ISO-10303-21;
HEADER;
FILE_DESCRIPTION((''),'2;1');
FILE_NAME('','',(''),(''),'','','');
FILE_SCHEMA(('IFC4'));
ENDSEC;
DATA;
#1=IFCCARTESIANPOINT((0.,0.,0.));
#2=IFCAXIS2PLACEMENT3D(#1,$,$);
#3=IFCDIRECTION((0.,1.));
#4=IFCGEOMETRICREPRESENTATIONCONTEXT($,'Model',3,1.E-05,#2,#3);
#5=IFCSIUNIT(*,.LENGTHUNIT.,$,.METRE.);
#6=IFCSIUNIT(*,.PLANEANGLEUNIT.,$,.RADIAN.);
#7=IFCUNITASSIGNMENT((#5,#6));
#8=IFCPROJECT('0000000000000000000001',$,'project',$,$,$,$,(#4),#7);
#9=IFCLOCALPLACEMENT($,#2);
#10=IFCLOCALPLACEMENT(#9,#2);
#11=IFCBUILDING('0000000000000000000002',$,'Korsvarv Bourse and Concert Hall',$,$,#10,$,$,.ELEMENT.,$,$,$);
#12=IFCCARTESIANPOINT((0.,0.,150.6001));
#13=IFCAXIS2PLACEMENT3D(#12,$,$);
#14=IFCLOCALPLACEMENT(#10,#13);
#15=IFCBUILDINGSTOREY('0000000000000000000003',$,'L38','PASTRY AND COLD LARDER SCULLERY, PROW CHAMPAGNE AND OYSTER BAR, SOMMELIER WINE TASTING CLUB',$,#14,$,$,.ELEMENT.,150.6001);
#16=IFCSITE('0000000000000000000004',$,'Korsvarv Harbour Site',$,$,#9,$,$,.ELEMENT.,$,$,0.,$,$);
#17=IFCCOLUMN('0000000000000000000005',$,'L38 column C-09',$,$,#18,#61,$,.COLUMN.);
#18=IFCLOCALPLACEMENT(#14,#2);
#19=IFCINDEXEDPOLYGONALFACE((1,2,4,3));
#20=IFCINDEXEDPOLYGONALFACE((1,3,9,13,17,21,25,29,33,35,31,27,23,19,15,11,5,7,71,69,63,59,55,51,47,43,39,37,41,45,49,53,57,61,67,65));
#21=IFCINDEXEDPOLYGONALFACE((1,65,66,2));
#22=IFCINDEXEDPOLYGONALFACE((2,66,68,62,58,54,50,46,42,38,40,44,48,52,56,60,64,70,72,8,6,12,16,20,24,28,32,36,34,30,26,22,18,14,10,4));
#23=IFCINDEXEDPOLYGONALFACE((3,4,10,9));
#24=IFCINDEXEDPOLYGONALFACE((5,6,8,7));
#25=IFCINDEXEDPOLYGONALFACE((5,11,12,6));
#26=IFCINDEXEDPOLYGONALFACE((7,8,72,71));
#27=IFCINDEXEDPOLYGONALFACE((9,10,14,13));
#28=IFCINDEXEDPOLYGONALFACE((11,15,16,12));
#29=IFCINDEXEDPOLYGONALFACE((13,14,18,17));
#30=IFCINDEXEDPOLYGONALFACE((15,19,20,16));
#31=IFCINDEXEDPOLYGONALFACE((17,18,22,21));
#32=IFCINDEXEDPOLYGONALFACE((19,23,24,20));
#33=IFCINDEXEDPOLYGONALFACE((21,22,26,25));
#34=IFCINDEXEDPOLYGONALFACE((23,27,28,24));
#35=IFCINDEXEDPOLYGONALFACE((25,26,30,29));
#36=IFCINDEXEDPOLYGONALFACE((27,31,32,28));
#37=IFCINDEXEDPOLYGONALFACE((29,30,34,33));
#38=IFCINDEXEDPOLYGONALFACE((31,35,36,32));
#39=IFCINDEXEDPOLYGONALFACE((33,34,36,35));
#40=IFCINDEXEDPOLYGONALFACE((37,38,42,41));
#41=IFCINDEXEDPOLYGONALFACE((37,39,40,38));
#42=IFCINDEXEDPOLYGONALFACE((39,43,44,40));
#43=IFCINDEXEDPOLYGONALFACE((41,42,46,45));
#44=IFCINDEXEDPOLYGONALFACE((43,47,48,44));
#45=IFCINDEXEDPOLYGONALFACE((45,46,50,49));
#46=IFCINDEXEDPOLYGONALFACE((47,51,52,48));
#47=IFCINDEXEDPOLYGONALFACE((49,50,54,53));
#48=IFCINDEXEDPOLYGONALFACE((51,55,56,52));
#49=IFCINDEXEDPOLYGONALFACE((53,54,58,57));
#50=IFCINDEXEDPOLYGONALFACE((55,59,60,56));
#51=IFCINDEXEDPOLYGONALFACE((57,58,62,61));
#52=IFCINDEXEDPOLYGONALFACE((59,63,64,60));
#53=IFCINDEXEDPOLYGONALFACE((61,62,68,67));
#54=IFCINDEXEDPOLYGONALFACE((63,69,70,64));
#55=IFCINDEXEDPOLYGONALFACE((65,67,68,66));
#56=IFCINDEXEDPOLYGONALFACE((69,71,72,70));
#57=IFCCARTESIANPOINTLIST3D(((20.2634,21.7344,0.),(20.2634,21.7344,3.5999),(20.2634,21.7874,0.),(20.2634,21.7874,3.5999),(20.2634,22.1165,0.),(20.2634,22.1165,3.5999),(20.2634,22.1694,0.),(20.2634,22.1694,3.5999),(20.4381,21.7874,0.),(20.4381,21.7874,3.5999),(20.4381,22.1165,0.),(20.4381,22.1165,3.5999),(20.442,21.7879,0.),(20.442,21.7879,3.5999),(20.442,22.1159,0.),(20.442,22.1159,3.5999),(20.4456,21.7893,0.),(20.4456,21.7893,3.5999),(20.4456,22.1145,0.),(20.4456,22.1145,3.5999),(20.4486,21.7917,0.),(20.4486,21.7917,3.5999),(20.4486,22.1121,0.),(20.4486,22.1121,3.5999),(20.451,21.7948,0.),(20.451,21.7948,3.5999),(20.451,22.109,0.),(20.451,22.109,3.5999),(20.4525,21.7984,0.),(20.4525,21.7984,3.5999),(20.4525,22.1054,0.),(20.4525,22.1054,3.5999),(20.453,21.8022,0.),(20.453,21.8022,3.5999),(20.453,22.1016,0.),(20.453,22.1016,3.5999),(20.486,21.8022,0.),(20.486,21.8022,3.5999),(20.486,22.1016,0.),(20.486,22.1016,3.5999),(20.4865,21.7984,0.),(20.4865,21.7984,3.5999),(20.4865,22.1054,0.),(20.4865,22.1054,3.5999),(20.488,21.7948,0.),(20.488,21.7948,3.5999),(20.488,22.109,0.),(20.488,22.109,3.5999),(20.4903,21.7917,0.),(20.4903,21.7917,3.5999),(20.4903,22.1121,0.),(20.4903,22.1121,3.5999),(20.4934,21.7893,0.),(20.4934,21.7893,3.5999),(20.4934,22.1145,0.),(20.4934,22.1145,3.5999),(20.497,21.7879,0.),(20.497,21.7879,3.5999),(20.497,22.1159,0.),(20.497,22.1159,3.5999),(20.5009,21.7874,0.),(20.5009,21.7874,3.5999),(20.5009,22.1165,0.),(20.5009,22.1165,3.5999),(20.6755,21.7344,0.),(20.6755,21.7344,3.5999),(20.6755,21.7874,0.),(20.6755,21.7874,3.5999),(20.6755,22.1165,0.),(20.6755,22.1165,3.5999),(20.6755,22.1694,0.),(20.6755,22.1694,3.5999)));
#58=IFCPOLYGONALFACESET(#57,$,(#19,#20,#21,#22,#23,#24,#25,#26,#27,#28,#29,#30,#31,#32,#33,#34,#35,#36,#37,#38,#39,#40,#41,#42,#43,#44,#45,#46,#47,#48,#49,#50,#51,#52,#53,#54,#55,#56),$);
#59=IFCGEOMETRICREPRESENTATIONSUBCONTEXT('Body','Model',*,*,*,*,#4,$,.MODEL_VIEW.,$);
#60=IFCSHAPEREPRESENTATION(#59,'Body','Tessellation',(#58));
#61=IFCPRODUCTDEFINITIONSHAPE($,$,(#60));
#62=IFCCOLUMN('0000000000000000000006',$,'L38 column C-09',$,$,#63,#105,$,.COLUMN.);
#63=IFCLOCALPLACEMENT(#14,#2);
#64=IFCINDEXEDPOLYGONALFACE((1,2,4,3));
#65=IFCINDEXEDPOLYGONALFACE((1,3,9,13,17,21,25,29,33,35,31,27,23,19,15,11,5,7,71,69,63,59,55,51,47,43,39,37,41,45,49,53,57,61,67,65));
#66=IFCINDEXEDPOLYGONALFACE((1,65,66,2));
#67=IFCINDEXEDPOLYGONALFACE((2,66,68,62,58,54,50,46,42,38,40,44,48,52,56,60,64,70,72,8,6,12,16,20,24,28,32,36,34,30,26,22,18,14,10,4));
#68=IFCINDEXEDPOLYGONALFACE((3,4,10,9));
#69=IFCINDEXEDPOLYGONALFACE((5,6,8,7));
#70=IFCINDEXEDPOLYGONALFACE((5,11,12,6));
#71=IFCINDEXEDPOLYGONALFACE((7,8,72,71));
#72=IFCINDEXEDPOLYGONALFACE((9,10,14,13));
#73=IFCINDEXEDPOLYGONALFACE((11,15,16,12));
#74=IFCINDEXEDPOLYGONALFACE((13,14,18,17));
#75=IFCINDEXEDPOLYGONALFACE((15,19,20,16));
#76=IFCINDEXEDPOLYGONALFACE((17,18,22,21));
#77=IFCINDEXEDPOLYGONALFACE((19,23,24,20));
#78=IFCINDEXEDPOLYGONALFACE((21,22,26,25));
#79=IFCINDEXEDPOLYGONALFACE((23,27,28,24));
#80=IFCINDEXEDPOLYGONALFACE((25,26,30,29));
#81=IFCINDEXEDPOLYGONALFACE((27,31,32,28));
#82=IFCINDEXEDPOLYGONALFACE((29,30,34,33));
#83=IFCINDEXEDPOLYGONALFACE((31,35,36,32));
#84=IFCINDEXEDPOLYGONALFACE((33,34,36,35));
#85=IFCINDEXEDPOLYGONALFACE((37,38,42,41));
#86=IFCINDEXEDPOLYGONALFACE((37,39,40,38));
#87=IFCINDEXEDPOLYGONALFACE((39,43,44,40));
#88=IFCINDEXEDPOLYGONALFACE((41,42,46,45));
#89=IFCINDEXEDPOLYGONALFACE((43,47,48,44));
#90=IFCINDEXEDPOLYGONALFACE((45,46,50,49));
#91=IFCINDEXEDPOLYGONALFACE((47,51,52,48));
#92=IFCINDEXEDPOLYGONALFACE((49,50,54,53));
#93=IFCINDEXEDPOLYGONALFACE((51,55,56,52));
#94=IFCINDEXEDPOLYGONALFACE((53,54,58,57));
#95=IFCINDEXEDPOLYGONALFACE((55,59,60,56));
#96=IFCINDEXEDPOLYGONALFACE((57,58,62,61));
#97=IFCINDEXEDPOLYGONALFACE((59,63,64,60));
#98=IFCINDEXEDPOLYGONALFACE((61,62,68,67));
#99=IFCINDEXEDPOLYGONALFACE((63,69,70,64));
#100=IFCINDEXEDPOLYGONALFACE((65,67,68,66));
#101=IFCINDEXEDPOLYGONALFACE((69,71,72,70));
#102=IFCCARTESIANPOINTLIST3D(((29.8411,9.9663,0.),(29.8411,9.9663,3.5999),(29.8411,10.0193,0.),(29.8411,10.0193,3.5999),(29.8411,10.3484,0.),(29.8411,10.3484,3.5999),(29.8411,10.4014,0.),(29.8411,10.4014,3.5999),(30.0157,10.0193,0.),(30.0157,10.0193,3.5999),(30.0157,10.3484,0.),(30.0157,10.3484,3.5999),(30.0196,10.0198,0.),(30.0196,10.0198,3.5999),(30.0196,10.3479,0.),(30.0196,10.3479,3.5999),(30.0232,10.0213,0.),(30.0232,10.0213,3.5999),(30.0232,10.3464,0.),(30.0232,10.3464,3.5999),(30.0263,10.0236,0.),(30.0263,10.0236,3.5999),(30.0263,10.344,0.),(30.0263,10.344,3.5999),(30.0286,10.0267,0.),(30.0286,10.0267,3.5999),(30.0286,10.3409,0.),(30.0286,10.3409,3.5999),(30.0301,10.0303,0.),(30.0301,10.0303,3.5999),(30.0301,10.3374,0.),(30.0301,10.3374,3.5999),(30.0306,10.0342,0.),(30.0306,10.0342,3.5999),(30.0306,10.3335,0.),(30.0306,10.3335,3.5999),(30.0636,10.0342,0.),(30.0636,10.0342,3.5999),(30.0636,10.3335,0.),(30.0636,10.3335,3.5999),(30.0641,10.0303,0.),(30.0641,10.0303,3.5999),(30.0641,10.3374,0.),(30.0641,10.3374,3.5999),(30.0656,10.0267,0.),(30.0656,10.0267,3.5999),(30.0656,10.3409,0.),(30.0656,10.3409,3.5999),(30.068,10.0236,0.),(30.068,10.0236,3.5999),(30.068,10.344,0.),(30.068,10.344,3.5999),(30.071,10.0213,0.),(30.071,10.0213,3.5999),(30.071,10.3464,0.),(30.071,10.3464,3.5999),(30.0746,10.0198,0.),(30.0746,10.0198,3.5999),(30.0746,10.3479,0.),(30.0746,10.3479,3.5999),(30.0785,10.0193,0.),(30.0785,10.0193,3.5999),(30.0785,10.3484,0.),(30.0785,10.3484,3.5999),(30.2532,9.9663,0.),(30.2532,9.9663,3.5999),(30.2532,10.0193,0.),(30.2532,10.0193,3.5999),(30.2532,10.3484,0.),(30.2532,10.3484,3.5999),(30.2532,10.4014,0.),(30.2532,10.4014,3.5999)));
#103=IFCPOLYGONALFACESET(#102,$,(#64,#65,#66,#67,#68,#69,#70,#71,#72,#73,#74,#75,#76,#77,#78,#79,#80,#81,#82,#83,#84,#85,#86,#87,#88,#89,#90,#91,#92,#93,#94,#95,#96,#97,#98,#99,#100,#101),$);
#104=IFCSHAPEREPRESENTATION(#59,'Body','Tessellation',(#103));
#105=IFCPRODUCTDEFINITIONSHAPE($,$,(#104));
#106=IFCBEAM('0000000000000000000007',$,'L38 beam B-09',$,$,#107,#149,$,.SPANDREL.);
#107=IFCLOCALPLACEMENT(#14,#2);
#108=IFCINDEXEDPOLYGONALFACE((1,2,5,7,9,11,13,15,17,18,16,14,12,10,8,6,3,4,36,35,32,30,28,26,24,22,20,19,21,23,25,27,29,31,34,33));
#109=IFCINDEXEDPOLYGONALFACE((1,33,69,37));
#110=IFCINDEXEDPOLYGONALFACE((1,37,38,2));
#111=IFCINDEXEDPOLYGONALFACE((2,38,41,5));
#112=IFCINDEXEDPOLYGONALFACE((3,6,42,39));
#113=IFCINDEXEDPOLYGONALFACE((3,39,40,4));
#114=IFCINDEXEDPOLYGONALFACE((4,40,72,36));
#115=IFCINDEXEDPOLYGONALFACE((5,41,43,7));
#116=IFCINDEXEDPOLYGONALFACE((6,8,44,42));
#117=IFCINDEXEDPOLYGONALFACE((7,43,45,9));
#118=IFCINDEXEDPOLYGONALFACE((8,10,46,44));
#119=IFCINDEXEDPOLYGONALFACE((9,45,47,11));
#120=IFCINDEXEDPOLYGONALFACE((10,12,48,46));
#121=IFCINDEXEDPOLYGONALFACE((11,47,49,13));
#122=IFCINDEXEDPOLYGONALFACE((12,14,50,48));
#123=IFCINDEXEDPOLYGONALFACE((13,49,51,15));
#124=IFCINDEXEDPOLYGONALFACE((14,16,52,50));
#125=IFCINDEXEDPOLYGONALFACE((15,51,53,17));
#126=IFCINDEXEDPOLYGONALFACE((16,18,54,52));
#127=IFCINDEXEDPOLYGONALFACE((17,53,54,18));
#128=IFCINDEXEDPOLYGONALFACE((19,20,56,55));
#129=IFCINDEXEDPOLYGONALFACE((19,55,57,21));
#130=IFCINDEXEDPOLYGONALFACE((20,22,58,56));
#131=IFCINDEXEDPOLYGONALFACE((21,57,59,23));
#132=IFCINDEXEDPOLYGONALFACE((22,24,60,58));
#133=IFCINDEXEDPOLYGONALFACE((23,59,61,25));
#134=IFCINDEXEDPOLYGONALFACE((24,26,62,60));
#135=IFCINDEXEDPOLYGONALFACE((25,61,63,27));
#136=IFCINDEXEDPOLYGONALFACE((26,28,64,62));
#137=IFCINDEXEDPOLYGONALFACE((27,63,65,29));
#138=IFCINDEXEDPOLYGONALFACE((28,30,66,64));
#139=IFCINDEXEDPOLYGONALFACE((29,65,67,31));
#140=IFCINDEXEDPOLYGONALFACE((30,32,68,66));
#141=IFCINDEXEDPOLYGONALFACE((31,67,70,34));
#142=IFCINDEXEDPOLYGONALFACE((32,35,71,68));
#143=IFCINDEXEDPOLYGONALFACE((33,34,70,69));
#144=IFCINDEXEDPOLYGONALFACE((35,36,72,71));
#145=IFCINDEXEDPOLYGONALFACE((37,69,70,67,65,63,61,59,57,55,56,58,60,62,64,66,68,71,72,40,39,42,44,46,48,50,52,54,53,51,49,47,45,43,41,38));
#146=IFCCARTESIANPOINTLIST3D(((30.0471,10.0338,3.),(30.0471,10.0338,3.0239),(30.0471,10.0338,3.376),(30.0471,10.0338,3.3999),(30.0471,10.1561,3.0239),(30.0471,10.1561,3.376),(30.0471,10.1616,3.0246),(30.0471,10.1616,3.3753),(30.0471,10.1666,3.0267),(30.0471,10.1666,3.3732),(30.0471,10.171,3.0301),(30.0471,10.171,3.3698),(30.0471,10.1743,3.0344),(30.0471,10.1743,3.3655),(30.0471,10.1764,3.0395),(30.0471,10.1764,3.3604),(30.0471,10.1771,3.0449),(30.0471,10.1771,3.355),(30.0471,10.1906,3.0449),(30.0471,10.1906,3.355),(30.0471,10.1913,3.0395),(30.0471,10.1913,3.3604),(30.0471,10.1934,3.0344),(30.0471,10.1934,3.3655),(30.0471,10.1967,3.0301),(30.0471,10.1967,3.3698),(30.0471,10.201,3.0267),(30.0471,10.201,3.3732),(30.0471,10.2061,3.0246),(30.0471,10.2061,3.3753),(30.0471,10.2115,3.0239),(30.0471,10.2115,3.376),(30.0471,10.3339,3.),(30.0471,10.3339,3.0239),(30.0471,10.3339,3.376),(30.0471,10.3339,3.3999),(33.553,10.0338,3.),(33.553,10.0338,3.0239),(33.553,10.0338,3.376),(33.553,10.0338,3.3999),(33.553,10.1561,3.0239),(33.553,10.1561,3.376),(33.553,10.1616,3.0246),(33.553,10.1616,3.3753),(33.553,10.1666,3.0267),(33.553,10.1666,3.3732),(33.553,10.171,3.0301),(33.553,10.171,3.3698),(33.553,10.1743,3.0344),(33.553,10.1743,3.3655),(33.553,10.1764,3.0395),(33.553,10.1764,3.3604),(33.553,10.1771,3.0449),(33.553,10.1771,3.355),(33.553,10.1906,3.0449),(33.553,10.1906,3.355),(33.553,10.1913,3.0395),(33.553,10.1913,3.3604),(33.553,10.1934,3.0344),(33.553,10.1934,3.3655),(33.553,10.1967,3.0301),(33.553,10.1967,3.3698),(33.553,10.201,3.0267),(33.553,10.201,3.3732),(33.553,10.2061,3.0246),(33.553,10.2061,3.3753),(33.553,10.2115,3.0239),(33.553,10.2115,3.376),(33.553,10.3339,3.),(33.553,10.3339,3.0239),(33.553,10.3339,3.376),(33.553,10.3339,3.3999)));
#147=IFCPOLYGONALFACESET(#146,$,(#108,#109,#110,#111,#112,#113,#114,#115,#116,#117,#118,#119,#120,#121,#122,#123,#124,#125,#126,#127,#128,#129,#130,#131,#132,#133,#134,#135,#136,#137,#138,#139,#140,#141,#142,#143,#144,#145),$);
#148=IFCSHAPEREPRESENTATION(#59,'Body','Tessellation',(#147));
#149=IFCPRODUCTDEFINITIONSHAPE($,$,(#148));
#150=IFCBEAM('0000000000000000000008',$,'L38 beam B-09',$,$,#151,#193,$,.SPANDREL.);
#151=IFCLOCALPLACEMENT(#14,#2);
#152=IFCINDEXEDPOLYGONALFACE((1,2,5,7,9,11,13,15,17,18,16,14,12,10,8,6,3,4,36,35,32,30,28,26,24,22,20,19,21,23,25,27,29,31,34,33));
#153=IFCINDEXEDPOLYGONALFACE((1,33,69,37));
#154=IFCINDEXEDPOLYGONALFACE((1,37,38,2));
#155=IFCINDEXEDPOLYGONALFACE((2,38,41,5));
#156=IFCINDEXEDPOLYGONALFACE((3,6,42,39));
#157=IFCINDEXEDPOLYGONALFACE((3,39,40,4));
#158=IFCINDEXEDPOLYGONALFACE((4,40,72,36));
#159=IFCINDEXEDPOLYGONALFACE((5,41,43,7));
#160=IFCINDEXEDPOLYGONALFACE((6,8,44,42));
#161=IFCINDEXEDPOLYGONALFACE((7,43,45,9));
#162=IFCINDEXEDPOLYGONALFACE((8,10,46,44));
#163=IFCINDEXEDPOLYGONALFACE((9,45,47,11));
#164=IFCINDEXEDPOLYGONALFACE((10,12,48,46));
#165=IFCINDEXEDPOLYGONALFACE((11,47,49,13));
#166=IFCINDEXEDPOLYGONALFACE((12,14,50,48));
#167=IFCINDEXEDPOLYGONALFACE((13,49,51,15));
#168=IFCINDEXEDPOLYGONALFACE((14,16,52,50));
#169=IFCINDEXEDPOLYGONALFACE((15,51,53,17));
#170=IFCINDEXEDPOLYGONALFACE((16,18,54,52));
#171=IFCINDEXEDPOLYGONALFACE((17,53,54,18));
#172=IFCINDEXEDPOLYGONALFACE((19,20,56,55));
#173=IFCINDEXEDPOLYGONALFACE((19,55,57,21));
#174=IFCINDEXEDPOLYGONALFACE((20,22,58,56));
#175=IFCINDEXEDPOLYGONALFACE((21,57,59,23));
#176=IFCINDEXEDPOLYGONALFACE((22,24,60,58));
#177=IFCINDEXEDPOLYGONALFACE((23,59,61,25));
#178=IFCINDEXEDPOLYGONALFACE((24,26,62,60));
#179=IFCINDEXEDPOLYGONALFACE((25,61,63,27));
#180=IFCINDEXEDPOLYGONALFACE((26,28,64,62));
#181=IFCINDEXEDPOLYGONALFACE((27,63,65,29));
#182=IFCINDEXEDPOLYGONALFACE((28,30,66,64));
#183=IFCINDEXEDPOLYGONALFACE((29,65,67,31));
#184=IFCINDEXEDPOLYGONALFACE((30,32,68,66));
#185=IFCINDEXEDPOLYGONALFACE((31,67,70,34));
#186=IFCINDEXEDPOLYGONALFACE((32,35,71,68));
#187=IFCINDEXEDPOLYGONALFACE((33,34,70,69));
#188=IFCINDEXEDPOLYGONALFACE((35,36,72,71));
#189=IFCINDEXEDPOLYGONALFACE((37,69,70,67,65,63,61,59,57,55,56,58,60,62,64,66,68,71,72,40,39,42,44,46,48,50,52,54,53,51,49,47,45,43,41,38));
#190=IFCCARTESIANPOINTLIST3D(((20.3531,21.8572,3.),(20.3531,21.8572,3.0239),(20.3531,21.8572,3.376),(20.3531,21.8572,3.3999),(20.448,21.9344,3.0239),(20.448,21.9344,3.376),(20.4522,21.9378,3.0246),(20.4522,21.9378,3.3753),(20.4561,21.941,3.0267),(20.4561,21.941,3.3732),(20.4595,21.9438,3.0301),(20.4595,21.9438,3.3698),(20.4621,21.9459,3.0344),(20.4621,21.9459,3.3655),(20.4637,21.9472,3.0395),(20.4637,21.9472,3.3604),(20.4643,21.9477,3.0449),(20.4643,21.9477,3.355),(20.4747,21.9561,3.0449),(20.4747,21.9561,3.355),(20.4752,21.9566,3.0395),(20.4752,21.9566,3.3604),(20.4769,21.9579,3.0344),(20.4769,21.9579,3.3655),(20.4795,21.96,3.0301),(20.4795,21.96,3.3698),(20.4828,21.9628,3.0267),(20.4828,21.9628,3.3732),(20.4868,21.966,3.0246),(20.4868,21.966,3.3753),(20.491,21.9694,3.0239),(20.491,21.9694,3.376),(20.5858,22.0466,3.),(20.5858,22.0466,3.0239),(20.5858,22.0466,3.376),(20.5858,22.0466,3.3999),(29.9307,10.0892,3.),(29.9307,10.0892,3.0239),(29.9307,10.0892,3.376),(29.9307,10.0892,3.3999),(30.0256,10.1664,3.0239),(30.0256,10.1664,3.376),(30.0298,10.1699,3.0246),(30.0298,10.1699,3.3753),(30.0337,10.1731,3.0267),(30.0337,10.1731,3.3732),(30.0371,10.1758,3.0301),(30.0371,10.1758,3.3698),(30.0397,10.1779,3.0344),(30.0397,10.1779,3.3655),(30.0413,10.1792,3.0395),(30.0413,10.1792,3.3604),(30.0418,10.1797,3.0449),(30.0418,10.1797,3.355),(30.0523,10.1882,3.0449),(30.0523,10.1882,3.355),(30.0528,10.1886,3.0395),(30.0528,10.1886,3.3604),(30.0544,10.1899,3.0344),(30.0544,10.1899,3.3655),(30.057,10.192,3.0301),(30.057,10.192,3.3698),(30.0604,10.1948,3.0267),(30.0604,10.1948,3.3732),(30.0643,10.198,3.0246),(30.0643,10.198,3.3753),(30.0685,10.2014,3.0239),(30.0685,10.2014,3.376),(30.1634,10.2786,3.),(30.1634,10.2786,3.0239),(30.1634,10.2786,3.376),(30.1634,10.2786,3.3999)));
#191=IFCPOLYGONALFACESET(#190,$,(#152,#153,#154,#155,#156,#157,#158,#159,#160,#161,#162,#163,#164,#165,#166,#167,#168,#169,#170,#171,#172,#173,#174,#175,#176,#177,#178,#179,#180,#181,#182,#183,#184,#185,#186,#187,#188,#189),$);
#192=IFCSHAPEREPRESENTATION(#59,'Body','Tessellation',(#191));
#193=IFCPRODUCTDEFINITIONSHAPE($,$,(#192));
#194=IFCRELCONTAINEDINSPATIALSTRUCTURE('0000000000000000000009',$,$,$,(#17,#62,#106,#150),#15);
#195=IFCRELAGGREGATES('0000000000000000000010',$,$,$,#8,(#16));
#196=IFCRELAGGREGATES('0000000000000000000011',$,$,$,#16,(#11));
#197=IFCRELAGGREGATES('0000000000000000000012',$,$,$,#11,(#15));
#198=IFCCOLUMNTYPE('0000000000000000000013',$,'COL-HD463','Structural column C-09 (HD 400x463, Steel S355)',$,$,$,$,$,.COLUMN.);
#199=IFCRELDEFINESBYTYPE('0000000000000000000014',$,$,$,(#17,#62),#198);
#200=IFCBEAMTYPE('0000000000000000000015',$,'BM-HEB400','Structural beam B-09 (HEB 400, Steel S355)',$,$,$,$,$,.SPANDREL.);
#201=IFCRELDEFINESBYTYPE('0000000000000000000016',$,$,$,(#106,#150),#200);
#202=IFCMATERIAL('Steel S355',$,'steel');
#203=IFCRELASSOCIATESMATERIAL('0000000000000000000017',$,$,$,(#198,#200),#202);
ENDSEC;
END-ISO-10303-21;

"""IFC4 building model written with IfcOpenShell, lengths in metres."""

from ifc_helpers import new_model, si_unit, direction, frame, origin, origin_2d, place, context, subcontext, project, spatial, i_section, extrude, source, transform, mapped, material, material_profile, profile_set, type_object, element, save


model = new_model("IFC4")

# Units and contexts
model_context = context("Model", 3, precision=1e-05, world=origin(), true_north=direction((0.0, 1.0)))
body_context = subcontext(model_context, "Body", "Model", "MODEL_VIEW")
ifc_project = project(units=[si_unit("LENGTHUNIT", "METRE"), si_unit("PLANEANGLEUNIT", "RADIAN")], contexts=[model_context])

# Site, building, storey
site_placement = place(None, origin())
site = spatial("IfcSite", under=ifc_project, at=site_placement, Name="Korsvarv Harbour Site", CompositionType="ELEMENT", RefElevation=0.0)
building_placement = place(site_placement, origin())
building = spatial("IfcBuilding", under=site, at=building_placement, Name="Korsvarv Bourse and Concert Hall", CompositionType="ELEMENT")
storey_placement = place(building_placement, frame((0.0, 0.0, 150.6001)))
storey = spatial("IfcBuildingStorey", under=building, at=storey_placement, Name="L38", Description="PASTRY AND COLD LARDER SCULLERY, PROW CHAMPAGNE AND OYSTER BAR, SOMMELIER WINE TASTING CLUB", CompositionType="ELEMENT", Elevation=150.6001)

# Columns
ifc_material_1 = material(Name="Steel S355", Category="steel")
ifc_material_profile_1 = material_profile(ifc_material_1, i_section(OverallWidth=0.4121, OverallDepth=0.4351, WebThickness=0.033, FlangeThickness=0.053, FilletRadius=0.0149, at=origin_2d()), Name="HD 400x463")
ifc_profile_set_1 = profile_set([ifc_material_profile_1], Name="Steel S355")
column_type = type_object("IfcColumnType", Name="COL-HD463", Description="Structural column C-09 (HD 400x463, Steel S355)", PredefinedType="COLUMN", material=ifc_profile_set_1)
shared_shape_1 = source(origin(), body_context, "Body", "SweptSolid", [
    extrude(i_section(OverallWidth=0.4121, OverallDepth=0.4351, WebThickness=0.033, FlangeThickness=0.053, FilletRadius=0.0149, at=origin_2d()), origin(), (0.0, 0.0, 1.0), 3.5999),
])
for number, where, z_axis, x_axis, name in (
    (1, (20.4695, 21.9519, 0.0), (0.0, 0.0, 1.0), (1.0, 0.0, 0.0), "L38 column C-09"),
    (2, (30.0471, 10.1838, 0.0), (0.0, 0.0, 1.0), (1.0, 0.0, 0.0), "L38 column C-09"),
):
    element("IfcColumn", number, at=place(storey_placement, frame(where, z_axis=z_axis, x_axis=x_axis)), inside=storey, type_object=column_type, Name=name, PredefinedType="COLUMN", context=body_context, shape_type="MappedRepresentation", body=[
        mapped(shared_shape_1, transform((0.0, 0.0, 0.0), scale=1.0)),
    ])

# Beams
ifc_material_profile_2 = material_profile(ifc_material_1, i_section(OverallWidth=0.3, OverallDepth=0.3999, WebThickness=0.0134, FlangeThickness=0.0239, FilletRadius=0.021, at=origin_2d()), Name="HEB 400")
ifc_profile_set_2 = profile_set([ifc_material_profile_2], Name="Steel S355")
beam_type_1 = type_object("IfcBeamType", Name="BM-HEB400", Description="Structural beam B-09 (HEB 400, Steel S355)", PredefinedType="SPANDREL", material=ifc_profile_set_2)
shared_shape_2 = source(origin(), body_context, "Body", "SweptSolid", [
    extrude(i_section(OverallWidth=0.3, OverallDepth=0.3999, WebThickness=0.0134, FlangeThickness=0.0239, FilletRadius=0.021, at=origin_2d()), origin(), (0.0, 0.0, 1.0), 3.5059),
])
beam_1_placement = place(storey_placement, frame((30.0471, 10.1838, 3.2), z_axis=(1.0, 0.0, 0.0), x_axis=(0.0, 1.0, 0.0)))
element("IfcBeam", 3, at=beam_1_placement, inside=storey, type_object=beam_type_1, Name="L38 beam B-09", PredefinedType="SPANDREL", context=body_context, shape_type="MappedRepresentation", body=[
    mapped(shared_shape_2, transform((0.0, 0.0, 0.0), scale=1.0)),
])
shared_shape_3 = source(origin(), body_context, "Body", "SweptSolid", [
    extrude(i_section(OverallWidth=0.3, OverallDepth=0.3999, WebThickness=0.0134, FlangeThickness=0.0239, FilletRadius=0.021, at=origin_2d()), origin(), (0.0, 0.0, 1.0), 15.1729),
])
beam_2_placement = place(storey_placement, frame((20.4695, 21.9519, 3.2), z_axis=(0.631231, -0.775595, 0.0), x_axis=(0.775595, 0.631231, 0.0)))
element("IfcBeam", 4, at=beam_2_placement, inside=storey, type_object=beam_type_1, Name="L38 beam B-09", PredefinedType="SPANDREL", context=body_context, shape_type="MappedRepresentation", body=[
    mapped(shared_shape_3, transform((0.0, 0.0, 0.0), scale=1.0)),
])

save(model, "model.ifc")
